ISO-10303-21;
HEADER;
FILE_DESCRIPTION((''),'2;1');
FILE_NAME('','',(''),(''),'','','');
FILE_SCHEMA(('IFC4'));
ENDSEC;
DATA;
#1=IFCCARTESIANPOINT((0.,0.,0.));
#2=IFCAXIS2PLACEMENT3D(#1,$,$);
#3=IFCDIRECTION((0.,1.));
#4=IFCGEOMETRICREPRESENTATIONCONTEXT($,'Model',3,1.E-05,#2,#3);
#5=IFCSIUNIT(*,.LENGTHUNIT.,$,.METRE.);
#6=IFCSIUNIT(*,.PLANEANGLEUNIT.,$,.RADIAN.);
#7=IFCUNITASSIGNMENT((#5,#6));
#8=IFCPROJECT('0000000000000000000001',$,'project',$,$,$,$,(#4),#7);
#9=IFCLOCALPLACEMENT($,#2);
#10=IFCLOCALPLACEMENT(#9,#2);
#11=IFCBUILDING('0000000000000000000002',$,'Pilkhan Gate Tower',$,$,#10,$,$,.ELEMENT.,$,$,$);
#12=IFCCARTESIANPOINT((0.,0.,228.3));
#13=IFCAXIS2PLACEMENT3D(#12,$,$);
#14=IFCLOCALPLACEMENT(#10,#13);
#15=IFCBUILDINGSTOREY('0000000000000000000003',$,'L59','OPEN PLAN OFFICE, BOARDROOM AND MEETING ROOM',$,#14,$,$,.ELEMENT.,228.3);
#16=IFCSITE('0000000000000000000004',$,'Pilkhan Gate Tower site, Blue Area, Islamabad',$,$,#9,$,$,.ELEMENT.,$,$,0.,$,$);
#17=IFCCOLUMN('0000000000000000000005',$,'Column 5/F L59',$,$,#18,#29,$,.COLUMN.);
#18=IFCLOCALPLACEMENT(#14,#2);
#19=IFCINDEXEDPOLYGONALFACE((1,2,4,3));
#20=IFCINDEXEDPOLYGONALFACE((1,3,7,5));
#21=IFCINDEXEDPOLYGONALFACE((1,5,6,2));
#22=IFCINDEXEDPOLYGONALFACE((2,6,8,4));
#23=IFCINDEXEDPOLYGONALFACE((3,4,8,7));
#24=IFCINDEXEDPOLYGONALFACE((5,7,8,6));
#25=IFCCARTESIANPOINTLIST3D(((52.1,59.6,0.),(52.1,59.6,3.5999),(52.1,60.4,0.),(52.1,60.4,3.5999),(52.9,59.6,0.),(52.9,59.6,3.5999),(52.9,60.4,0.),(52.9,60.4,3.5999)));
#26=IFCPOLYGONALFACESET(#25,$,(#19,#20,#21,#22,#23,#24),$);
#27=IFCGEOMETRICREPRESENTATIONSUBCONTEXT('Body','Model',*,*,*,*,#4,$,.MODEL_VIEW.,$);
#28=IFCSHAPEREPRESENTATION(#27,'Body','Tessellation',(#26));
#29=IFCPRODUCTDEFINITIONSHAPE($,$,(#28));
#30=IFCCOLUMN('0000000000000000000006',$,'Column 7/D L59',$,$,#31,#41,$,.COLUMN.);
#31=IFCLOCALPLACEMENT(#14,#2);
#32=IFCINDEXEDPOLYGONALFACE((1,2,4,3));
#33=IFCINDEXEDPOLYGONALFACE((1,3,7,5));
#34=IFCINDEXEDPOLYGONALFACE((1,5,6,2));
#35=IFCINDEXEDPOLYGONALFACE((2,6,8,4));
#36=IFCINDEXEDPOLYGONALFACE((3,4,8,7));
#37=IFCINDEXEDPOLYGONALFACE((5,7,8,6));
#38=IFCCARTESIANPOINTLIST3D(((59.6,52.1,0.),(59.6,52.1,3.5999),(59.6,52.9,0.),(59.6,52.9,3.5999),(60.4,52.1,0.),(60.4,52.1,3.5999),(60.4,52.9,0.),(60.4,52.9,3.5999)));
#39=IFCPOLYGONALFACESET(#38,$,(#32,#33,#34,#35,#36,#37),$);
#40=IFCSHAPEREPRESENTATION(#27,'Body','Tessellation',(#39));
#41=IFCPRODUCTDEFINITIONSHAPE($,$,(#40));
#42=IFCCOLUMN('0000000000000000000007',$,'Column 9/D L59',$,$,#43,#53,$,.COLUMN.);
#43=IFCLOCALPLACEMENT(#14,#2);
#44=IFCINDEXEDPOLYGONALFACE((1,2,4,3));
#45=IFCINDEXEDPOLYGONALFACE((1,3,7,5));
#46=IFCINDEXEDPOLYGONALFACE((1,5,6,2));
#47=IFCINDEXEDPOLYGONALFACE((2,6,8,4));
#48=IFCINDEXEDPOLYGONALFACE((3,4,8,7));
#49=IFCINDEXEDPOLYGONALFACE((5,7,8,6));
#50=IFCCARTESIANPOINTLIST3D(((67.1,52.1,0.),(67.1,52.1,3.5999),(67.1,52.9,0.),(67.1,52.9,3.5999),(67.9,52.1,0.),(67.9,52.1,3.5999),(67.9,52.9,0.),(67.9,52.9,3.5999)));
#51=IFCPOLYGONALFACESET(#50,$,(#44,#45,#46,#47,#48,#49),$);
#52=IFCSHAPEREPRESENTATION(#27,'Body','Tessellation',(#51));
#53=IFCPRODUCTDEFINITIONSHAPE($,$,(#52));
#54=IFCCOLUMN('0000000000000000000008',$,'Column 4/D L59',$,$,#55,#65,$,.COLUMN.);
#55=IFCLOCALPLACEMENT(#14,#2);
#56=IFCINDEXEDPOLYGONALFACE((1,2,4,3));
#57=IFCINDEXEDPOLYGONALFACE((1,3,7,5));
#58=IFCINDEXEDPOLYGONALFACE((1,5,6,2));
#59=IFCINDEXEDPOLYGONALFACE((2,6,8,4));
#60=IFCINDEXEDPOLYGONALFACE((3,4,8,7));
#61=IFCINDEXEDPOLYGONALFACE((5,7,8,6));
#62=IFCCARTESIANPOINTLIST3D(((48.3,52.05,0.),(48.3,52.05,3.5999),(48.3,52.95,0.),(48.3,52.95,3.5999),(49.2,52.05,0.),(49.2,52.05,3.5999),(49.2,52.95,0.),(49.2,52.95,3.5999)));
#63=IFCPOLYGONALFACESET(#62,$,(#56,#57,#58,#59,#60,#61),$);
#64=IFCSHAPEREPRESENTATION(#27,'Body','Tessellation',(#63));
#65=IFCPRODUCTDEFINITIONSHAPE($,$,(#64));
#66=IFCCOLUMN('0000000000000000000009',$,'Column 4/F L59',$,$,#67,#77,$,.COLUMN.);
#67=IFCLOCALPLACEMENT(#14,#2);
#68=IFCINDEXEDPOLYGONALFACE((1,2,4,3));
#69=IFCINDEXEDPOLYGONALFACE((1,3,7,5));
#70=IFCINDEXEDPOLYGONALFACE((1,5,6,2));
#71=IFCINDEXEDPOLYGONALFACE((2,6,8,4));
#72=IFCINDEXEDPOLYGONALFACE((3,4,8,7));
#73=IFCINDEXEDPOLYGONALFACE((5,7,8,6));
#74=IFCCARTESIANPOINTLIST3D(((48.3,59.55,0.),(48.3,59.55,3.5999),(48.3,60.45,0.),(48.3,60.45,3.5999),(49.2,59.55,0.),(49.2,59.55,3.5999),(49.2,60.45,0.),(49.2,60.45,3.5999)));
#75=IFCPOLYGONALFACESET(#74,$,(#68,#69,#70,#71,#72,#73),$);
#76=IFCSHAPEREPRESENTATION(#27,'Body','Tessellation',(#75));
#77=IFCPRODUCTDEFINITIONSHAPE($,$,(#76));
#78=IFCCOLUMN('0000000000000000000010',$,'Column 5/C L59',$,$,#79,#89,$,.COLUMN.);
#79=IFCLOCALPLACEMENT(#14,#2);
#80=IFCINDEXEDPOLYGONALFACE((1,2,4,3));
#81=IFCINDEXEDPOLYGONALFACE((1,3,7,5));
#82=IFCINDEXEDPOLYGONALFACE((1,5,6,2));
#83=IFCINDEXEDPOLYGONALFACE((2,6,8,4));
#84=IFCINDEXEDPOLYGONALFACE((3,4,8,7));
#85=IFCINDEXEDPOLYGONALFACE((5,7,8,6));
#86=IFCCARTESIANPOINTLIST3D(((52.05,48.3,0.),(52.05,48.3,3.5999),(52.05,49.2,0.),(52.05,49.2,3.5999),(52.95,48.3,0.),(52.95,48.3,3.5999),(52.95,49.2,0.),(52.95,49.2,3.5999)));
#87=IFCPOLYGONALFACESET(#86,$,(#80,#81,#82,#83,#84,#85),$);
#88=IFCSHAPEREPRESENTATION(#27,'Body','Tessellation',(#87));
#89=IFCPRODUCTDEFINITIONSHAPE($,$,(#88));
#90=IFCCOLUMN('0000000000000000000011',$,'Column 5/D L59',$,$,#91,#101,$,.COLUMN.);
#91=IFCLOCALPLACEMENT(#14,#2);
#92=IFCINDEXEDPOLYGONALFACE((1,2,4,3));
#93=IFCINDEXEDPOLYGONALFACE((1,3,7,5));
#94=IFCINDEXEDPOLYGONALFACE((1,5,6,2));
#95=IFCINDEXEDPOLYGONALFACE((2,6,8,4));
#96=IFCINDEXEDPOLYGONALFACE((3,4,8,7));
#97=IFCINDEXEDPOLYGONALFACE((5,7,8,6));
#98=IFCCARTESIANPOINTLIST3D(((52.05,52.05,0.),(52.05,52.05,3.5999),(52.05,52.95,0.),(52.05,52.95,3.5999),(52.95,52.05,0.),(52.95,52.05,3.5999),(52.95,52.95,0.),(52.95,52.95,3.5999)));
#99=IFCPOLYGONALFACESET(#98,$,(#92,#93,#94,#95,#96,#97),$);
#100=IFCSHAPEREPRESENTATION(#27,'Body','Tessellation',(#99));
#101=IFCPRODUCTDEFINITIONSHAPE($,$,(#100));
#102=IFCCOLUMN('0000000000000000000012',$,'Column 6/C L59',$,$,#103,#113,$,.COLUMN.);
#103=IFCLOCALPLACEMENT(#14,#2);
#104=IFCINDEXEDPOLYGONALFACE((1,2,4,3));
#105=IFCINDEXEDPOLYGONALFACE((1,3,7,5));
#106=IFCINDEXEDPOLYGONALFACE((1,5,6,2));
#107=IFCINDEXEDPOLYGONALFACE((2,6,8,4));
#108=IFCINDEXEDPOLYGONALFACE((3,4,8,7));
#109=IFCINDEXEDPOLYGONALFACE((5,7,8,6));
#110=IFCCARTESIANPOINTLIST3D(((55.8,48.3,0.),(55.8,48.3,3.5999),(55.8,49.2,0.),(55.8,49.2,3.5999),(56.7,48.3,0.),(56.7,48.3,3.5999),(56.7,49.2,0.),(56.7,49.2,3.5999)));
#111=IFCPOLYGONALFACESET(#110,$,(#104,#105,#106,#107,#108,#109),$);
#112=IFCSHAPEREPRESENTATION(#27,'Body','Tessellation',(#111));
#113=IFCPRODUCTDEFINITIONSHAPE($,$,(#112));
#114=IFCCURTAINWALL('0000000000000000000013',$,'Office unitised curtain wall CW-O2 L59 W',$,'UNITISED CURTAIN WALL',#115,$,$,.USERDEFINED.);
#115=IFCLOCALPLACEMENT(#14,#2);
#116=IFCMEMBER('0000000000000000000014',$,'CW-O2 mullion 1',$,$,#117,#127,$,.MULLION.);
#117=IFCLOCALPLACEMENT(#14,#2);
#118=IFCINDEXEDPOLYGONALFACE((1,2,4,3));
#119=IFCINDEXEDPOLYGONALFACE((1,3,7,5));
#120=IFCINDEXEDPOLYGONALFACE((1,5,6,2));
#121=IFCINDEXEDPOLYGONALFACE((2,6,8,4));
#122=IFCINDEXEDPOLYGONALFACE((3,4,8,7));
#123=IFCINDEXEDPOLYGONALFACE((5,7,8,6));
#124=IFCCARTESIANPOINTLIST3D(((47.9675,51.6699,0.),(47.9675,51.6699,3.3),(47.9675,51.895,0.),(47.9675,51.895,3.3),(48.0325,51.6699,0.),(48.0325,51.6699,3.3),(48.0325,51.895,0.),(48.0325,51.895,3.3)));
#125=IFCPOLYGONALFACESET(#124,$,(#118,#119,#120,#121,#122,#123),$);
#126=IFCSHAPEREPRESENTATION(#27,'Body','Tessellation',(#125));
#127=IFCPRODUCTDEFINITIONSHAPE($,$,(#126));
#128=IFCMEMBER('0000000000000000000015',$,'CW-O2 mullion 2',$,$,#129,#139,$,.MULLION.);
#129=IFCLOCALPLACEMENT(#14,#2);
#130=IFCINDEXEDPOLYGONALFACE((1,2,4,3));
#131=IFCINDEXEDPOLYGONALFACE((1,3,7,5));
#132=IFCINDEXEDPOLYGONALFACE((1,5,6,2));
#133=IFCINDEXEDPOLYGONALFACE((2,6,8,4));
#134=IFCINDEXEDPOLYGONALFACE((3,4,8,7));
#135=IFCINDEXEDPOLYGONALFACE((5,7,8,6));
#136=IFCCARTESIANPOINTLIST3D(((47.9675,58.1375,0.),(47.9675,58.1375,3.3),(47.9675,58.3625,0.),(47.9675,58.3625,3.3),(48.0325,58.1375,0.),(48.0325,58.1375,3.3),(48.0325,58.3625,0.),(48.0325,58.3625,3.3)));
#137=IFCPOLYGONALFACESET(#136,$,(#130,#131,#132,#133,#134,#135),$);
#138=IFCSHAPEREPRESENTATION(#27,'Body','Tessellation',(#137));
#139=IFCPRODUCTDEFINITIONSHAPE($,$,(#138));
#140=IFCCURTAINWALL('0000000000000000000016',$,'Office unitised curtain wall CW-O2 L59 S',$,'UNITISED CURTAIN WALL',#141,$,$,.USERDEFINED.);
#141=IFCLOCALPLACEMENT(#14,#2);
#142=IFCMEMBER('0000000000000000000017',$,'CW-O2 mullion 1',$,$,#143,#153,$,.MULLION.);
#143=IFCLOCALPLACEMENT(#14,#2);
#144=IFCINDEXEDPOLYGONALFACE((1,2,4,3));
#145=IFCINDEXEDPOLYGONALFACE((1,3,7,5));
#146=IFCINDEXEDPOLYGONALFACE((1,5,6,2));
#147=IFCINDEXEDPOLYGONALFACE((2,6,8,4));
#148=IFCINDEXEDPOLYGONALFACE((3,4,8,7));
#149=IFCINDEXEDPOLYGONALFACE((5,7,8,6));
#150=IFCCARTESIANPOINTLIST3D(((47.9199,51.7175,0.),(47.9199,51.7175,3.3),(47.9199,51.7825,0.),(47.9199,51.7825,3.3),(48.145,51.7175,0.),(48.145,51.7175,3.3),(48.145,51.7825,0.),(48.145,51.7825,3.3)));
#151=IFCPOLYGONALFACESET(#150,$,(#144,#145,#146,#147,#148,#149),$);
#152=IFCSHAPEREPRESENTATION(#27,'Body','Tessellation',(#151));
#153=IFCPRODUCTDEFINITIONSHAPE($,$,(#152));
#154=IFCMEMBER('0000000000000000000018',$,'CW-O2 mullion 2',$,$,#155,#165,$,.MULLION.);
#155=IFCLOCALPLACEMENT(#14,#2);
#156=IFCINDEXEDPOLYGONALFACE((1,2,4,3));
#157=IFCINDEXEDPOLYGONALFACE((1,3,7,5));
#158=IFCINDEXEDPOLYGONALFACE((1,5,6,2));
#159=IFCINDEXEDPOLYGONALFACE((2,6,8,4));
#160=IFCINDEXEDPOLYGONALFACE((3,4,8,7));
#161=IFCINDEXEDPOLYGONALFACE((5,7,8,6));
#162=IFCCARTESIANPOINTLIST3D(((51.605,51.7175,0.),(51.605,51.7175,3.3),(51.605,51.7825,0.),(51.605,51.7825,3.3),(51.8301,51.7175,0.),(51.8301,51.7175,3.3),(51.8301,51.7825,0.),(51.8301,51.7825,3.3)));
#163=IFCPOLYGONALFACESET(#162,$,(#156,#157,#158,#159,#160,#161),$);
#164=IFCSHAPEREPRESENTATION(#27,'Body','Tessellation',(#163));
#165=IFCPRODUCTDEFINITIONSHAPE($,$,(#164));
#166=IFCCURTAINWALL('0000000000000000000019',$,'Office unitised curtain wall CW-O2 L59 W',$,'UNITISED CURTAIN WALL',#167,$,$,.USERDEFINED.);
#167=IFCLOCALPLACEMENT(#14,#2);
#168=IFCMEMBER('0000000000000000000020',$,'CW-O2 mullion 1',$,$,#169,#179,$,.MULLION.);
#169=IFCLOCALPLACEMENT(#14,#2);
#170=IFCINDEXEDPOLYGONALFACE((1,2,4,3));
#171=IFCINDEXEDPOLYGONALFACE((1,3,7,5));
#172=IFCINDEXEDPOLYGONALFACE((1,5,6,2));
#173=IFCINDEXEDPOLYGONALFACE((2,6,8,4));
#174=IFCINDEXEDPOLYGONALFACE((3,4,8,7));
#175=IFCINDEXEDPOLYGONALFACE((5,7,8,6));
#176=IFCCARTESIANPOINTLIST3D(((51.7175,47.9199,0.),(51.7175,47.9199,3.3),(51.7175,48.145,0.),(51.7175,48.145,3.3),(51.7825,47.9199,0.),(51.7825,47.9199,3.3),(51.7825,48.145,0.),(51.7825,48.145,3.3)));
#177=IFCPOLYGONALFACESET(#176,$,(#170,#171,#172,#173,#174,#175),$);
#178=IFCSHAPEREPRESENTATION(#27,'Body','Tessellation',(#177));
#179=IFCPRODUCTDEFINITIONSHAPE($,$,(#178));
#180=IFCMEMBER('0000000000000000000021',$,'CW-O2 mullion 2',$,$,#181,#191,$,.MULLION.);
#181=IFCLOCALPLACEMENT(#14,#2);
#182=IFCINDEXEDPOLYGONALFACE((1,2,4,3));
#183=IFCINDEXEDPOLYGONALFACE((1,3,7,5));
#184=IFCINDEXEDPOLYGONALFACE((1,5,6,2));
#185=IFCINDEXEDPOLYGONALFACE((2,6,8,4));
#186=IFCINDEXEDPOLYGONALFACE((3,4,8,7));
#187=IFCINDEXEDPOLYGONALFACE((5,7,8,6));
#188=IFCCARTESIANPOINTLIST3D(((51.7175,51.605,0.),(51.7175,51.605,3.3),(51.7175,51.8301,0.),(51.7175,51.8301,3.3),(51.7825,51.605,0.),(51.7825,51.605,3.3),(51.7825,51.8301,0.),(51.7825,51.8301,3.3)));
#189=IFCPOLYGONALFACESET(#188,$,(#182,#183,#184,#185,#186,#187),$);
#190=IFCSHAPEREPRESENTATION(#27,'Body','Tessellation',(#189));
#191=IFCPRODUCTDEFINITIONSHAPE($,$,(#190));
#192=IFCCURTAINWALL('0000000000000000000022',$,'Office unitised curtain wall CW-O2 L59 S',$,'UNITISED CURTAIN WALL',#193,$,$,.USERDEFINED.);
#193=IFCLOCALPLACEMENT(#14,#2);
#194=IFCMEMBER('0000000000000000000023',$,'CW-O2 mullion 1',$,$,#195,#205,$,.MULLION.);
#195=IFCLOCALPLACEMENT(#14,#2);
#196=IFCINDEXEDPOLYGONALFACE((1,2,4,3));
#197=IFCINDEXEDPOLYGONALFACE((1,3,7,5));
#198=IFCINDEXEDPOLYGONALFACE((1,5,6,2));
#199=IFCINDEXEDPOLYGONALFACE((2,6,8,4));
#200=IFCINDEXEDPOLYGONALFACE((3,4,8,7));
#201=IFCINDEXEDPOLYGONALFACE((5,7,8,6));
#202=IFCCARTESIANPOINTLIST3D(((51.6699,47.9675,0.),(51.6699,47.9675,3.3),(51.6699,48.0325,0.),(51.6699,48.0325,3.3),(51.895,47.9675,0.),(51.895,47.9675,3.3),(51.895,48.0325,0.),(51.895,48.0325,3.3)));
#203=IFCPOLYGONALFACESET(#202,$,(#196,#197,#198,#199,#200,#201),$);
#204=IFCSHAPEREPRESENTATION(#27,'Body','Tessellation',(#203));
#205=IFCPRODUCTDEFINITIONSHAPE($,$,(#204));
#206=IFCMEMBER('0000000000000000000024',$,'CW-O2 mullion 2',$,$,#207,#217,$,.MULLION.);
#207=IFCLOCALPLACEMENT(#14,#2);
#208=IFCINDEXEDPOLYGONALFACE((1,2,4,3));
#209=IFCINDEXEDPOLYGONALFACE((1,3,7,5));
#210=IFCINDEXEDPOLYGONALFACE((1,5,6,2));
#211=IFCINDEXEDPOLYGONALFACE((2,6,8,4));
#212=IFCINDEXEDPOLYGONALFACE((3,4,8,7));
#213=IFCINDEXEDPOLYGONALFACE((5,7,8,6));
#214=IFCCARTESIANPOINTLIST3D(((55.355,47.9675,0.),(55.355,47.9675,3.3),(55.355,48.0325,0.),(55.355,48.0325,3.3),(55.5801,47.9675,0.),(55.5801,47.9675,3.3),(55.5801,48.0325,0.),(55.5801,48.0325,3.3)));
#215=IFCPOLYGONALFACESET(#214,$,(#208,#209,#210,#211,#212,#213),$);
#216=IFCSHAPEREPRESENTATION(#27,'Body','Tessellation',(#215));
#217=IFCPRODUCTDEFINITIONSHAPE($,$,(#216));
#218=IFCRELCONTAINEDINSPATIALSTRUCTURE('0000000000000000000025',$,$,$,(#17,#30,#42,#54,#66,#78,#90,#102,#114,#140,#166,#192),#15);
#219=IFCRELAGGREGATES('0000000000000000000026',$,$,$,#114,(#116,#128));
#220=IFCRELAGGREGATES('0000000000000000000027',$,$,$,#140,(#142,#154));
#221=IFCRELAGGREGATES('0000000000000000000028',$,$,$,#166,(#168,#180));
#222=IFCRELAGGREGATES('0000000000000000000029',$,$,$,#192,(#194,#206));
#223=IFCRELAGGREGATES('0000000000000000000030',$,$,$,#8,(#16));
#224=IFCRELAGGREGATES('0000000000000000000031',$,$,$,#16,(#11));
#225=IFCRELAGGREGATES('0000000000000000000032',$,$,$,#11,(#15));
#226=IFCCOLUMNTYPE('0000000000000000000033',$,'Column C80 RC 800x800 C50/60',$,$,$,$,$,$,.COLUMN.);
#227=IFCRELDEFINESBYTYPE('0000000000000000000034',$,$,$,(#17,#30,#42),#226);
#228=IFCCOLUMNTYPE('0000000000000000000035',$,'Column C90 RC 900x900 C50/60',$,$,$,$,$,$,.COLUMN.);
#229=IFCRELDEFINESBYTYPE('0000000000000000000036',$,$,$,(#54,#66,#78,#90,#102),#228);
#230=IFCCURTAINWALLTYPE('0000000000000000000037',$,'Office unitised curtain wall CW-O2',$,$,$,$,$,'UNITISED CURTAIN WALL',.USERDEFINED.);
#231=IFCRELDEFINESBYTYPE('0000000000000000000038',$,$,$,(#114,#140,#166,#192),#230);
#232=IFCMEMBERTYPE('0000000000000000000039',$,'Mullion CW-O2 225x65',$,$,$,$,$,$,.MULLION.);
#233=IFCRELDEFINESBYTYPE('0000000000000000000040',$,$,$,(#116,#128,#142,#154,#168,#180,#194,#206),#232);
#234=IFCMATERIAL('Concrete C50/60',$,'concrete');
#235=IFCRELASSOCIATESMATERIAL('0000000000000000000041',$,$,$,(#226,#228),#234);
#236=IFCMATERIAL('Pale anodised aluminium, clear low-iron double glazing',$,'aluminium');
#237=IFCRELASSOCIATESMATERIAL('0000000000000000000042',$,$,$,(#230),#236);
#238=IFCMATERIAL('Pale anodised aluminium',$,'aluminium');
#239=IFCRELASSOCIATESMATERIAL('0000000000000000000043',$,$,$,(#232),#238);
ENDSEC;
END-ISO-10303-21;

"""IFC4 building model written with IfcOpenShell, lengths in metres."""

from ifc_helpers import new_model, si_unit, direction, frame, origin, origin_2d, place, context, subcontext, project, spatial, rectangle, extrude, material, material_profile, profile_set, type_object, element, aggregate, save


model = new_model("IFC4")

# Units and contexts
model_context = context("Model", 3, precision=1e-05, world=origin(), true_north=direction((0.0, 1.0)))
body_context = subcontext(model_context, "Body", "Model", "MODEL_VIEW")
ifc_project = project(units=[si_unit("LENGTHUNIT", "METRE"), si_unit("PLANEANGLEUNIT", "RADIAN")], contexts=[model_context])

# Site, building, storey
site_placement = place(None, origin())
site = spatial("IfcSite", under=ifc_project, at=site_placement, Name="Pilkhan Gate Tower site, Blue Area, Islamabad", CompositionType="ELEMENT", RefElevation=0.0)
building_placement = place(site_placement, origin())
building = spatial("IfcBuilding", under=site, at=building_placement, Name="Pilkhan Gate Tower", CompositionType="ELEMENT")
storey_placement = place(building_placement, frame((0.0, 0.0, 228.3)))
storey = spatial("IfcBuildingStorey", under=building, at=storey_placement, Name="L59", Description="OPEN PLAN OFFICE, BOARDROOM AND MEETING ROOM", CompositionType="ELEMENT", Elevation=228.3)

# Columns
ifc_material_1 = material(Name="Concrete C50/60", Category="concrete")
ifc_material_profile_1 = material_profile(ifc_material_1, rectangle(XDim=0.8, YDim=0.8, at=origin_2d()), Name="RC 800x800")
ifc_profile_set_1 = profile_set([ifc_material_profile_1], Name="Concrete C50/60")
column_type_1 = type_object("IfcColumnType", Name="Column C80 RC 800x800 C50/60", PredefinedType="COLUMN", material=ifc_profile_set_1)
for number, where, z_axis, x_axis, name in (
    (1, (52.5, 60.0, 0.0), (0.0, 0.0, 1.0), (1.0, 0.0, 0.0), "Column 5/F L59"),
    (2, (60.0, 52.5, 0.0), (0.0, 0.0, 1.0), (1.0, 0.0, 0.0), "Column 7/D L59"),
    (3, (67.5, 52.5, 0.0), (0.0, 0.0, 1.0), (1.0, 0.0, 0.0), "Column 9/D L59"),
):
    element("IfcColumn", number, at=place(storey_placement, frame(where, z_axis=z_axis, x_axis=x_axis)), inside=storey, type_object=column_type_1, Name=name, PredefinedType="COLUMN", context=body_context, shape_type="SweptSolid", body=[
        extrude(rectangle(XDim=0.8, YDim=0.8, at=origin_2d()), origin(), (0.0, 0.0, 1.0), 3.5999),
    ])
ifc_material_profile_2 = material_profile(ifc_material_1, rectangle(XDim=0.8999, YDim=0.8999, at=origin_2d()), Name="RC 900x900")
ifc_profile_set_2 = profile_set([ifc_material_profile_2], Name="Concrete C50/60")
column_type_2 = type_object("IfcColumnType", Name="Column C90 RC 900x900 C50/60", PredefinedType="COLUMN", material=ifc_profile_set_2)
for number, where, z_axis, x_axis, name in (
    (4, (48.75, 52.5, 0.0), (0.0, 0.0, 1.0), (1.0, 0.0, 0.0), "Column 4/D L59"),
    (5, (48.75, 60.0, 0.0), (0.0, 0.0, 1.0), (1.0, 0.0, 0.0), "Column 4/F L59"),
    (6, (52.5, 48.75, 0.0), (0.0, 0.0, 1.0), (1.0, 0.0, 0.0), "Column 5/C L59"),
    (7, (52.5, 52.5, 0.0), (0.0, 0.0, 1.0), (1.0, 0.0, 0.0), "Column 5/D L59"),
    (8, (56.25, 48.75, 0.0), (0.0, 0.0, 1.0), (1.0, 0.0, 0.0), "Column 6/C L59"),
):
    element("IfcColumn", number, at=place(storey_placement, frame(where, z_axis=z_axis, x_axis=x_axis)), inside=storey, type_object=column_type_2, Name=name, PredefinedType="COLUMN", context=body_context, shape_type="SweptSolid", body=[
        extrude(rectangle(XDim=0.8999, YDim=0.8999, at=origin_2d()), origin(), (0.0, 0.0, 1.0), 3.5999),
    ])

# Curtain walls, members
ifc_material_2 = material(Name="Pale anodised aluminium, clear low-iron double glazing", Category="aluminium")
curtain_wall_type = type_object("IfcCurtainWallType", Name="Office unitised curtain wall CW-O2", ElementType="UNITISED CURTAIN WALL", PredefinedType="USERDEFINED", material=ifc_material_2)
curtain_wall_1_placement = place(storey_placement, origin())
curtain_wall_1 = element("IfcCurtainWall", 9, at=curtain_wall_1_placement, inside=storey, type_object=curtain_wall_type, Name="Office unitised curtain wall CW-O2 L59 W", ObjectType="UNITISED CURTAIN WALL", PredefinedType="USERDEFINED")
ifc_material_3 = material(Name="Pale anodised aluminium", Category="aluminium")
ifc_material_profile_3 = material_profile(ifc_material_3, rectangle(XDim=0.0649, YDim=0.2251, at=origin_2d()), Name="Mullion 225x65")
ifc_profile_set_3 = profile_set([ifc_material_profile_3], Name="Pale anodised aluminium")
member_type_1 = type_object("IfcMemberType", Name="Mullion CW-O2 225x65", PredefinedType="MULLION", material=ifc_profile_set_3)
member_1_placement = place(storey_placement, frame((48.0, 51.7825, 0.0), z_axis=(0.0, 0.0, 1.0), x_axis=(-1.0, 0.0, 0.0)))
member_1 = element("IfcMember", 10, at=member_1_placement, type_object=member_type_1, Name="CW-O2 mullion 1", PredefinedType="MULLION", context=body_context, shape_type="SweptSolid", body=[
    extrude(rectangle(XDim=0.0649, YDim=0.2251, at=origin_2d()), origin(), (0.0, 0.0, 1.0), 3.3),
])
member_2_placement = place(storey_placement, frame((48.0, 58.25, 0.0), z_axis=(0.0, 0.0, 1.0), x_axis=(-1.0, 0.0, 0.0)))
member_2 = element("IfcMember", 11, at=member_2_placement, type_object=member_type_1, Name="CW-O2 mullion 2", PredefinedType="MULLION", context=body_context, shape_type="SweptSolid", body=[
    extrude(rectangle(XDim=0.0649, YDim=0.2251, at=origin_2d()), origin(), (0.0, 0.0, 1.0), 3.3),
])
curtain_wall_2_placement = place(storey_placement, origin())
curtain_wall_2 = element("IfcCurtainWall", 12, at=curtain_wall_2_placement, inside=storey, type_object=curtain_wall_type, Name="Office unitised curtain wall CW-O2 L59 S", ObjectType="UNITISED CURTAIN WALL", PredefinedType="USERDEFINED")
member_3_placement = place(storey_placement, frame((48.0325, 51.75, 0.0), z_axis=(0.0, 0.0, 1.0), x_axis=(0.0, 1.0, 0.0)))
member_3 = element("IfcMember", 13, at=member_3_placement, type_object=member_type_1, Name="CW-O2 mullion 1", PredefinedType="MULLION", context=body_context, shape_type="SweptSolid", body=[
    extrude(rectangle(XDim=0.0649, YDim=0.2251, at=origin_2d()), origin(), (0.0, 0.0, 1.0), 3.3),
])
member_4_placement = place(storey_placement, frame((51.7175, 51.75, 0.0), z_axis=(0.0, 0.0, 1.0), x_axis=(0.0, 1.0, 0.0)))
member_4 = element("IfcMember", 14, at=member_4_placement, type_object=member_type_1, Name="CW-O2 mullion 2", PredefinedType="MULLION", context=body_context, shape_type="SweptSolid", body=[
    extrude(rectangle(XDim=0.0649, YDim=0.2251, at=origin_2d()), origin(), (0.0, 0.0, 1.0), 3.3),
])
curtain_wall_3_placement = place(storey_placement, origin())
curtain_wall_3 = element("IfcCurtainWall", 15, at=curtain_wall_3_placement, inside=storey, type_object=curtain_wall_type, Name="Office unitised curtain wall CW-O2 L59 W", ObjectType="UNITISED CURTAIN WALL", PredefinedType="USERDEFINED")
member_5_placement = place(storey_placement, frame((51.75, 48.0325, 0.0), z_axis=(0.0, 0.0, 1.0), x_axis=(-1.0, 0.0, 0.0)))
member_5 = element("IfcMember", 16, at=member_5_placement, type_object=member_type_1, Name="CW-O2 mullion 1", PredefinedType="MULLION", context=body_context, shape_type="SweptSolid", body=[
    extrude(rectangle(XDim=0.0649, YDim=0.2251, at=origin_2d()), origin(), (0.0, 0.0, 1.0), 3.3),
])
member_6_placement = place(storey_placement, frame((51.75, 51.7175, 0.0), z_axis=(0.0, 0.0, 1.0), x_axis=(-1.0, 0.0, 0.0)))
member_6 = element("IfcMember", 17, at=member_6_placement, type_object=member_type_1, Name="CW-O2 mullion 2", PredefinedType="MULLION", context=body_context, shape_type="SweptSolid", body=[
    extrude(rectangle(XDim=0.0649, YDim=0.2251, at=origin_2d()), origin(), (0.0, 0.0, 1.0), 3.3),
])
curtain_wall_4_placement = place(storey_placement, origin())
curtain_wall_4 = element("IfcCurtainWall", 18, at=curtain_wall_4_placement, inside=storey, type_object=curtain_wall_type, Name="Office unitised curtain wall CW-O2 L59 S", ObjectType="UNITISED CURTAIN WALL", PredefinedType="USERDEFINED")
member_7_placement = place(storey_placement, frame((51.7825, 48.0, 0.0), z_axis=(0.0, 0.0, 1.0), x_axis=(0.0, 1.0, 0.0)))
member_7 = element("IfcMember", 19, at=member_7_placement, type_object=member_type_1, Name="CW-O2 mullion 1", PredefinedType="MULLION", context=body_context, shape_type="SweptSolid", body=[
    extrude(rectangle(XDim=0.0649, YDim=0.2251, at=origin_2d()), origin(), (0.0, 0.0, 1.0), 3.3),
])
member_8_placement = place(storey_placement, frame((55.4675, 48.0, 0.0), z_axis=(0.0, 0.0, 1.0), x_axis=(0.0, 1.0, 0.0)))
member_8 = element("IfcMember", 20, at=member_8_placement, type_object=member_type_1, Name="CW-O2 mullion 2", PredefinedType="MULLION", context=body_context, shape_type="SweptSolid", body=[
    extrude(rectangle(XDim=0.0649, YDim=0.2251, at=origin_2d()), origin(), (0.0, 0.0, 1.0), 3.3),
])

aggregate(curtain_wall_1, [member_1, member_2])
aggregate(curtain_wall_2, [member_3, member_4])
aggregate(curtain_wall_3, [member_5, member_6])
aggregate(curtain_wall_4, [member_7, member_8])

save(model, "model.ifc")
